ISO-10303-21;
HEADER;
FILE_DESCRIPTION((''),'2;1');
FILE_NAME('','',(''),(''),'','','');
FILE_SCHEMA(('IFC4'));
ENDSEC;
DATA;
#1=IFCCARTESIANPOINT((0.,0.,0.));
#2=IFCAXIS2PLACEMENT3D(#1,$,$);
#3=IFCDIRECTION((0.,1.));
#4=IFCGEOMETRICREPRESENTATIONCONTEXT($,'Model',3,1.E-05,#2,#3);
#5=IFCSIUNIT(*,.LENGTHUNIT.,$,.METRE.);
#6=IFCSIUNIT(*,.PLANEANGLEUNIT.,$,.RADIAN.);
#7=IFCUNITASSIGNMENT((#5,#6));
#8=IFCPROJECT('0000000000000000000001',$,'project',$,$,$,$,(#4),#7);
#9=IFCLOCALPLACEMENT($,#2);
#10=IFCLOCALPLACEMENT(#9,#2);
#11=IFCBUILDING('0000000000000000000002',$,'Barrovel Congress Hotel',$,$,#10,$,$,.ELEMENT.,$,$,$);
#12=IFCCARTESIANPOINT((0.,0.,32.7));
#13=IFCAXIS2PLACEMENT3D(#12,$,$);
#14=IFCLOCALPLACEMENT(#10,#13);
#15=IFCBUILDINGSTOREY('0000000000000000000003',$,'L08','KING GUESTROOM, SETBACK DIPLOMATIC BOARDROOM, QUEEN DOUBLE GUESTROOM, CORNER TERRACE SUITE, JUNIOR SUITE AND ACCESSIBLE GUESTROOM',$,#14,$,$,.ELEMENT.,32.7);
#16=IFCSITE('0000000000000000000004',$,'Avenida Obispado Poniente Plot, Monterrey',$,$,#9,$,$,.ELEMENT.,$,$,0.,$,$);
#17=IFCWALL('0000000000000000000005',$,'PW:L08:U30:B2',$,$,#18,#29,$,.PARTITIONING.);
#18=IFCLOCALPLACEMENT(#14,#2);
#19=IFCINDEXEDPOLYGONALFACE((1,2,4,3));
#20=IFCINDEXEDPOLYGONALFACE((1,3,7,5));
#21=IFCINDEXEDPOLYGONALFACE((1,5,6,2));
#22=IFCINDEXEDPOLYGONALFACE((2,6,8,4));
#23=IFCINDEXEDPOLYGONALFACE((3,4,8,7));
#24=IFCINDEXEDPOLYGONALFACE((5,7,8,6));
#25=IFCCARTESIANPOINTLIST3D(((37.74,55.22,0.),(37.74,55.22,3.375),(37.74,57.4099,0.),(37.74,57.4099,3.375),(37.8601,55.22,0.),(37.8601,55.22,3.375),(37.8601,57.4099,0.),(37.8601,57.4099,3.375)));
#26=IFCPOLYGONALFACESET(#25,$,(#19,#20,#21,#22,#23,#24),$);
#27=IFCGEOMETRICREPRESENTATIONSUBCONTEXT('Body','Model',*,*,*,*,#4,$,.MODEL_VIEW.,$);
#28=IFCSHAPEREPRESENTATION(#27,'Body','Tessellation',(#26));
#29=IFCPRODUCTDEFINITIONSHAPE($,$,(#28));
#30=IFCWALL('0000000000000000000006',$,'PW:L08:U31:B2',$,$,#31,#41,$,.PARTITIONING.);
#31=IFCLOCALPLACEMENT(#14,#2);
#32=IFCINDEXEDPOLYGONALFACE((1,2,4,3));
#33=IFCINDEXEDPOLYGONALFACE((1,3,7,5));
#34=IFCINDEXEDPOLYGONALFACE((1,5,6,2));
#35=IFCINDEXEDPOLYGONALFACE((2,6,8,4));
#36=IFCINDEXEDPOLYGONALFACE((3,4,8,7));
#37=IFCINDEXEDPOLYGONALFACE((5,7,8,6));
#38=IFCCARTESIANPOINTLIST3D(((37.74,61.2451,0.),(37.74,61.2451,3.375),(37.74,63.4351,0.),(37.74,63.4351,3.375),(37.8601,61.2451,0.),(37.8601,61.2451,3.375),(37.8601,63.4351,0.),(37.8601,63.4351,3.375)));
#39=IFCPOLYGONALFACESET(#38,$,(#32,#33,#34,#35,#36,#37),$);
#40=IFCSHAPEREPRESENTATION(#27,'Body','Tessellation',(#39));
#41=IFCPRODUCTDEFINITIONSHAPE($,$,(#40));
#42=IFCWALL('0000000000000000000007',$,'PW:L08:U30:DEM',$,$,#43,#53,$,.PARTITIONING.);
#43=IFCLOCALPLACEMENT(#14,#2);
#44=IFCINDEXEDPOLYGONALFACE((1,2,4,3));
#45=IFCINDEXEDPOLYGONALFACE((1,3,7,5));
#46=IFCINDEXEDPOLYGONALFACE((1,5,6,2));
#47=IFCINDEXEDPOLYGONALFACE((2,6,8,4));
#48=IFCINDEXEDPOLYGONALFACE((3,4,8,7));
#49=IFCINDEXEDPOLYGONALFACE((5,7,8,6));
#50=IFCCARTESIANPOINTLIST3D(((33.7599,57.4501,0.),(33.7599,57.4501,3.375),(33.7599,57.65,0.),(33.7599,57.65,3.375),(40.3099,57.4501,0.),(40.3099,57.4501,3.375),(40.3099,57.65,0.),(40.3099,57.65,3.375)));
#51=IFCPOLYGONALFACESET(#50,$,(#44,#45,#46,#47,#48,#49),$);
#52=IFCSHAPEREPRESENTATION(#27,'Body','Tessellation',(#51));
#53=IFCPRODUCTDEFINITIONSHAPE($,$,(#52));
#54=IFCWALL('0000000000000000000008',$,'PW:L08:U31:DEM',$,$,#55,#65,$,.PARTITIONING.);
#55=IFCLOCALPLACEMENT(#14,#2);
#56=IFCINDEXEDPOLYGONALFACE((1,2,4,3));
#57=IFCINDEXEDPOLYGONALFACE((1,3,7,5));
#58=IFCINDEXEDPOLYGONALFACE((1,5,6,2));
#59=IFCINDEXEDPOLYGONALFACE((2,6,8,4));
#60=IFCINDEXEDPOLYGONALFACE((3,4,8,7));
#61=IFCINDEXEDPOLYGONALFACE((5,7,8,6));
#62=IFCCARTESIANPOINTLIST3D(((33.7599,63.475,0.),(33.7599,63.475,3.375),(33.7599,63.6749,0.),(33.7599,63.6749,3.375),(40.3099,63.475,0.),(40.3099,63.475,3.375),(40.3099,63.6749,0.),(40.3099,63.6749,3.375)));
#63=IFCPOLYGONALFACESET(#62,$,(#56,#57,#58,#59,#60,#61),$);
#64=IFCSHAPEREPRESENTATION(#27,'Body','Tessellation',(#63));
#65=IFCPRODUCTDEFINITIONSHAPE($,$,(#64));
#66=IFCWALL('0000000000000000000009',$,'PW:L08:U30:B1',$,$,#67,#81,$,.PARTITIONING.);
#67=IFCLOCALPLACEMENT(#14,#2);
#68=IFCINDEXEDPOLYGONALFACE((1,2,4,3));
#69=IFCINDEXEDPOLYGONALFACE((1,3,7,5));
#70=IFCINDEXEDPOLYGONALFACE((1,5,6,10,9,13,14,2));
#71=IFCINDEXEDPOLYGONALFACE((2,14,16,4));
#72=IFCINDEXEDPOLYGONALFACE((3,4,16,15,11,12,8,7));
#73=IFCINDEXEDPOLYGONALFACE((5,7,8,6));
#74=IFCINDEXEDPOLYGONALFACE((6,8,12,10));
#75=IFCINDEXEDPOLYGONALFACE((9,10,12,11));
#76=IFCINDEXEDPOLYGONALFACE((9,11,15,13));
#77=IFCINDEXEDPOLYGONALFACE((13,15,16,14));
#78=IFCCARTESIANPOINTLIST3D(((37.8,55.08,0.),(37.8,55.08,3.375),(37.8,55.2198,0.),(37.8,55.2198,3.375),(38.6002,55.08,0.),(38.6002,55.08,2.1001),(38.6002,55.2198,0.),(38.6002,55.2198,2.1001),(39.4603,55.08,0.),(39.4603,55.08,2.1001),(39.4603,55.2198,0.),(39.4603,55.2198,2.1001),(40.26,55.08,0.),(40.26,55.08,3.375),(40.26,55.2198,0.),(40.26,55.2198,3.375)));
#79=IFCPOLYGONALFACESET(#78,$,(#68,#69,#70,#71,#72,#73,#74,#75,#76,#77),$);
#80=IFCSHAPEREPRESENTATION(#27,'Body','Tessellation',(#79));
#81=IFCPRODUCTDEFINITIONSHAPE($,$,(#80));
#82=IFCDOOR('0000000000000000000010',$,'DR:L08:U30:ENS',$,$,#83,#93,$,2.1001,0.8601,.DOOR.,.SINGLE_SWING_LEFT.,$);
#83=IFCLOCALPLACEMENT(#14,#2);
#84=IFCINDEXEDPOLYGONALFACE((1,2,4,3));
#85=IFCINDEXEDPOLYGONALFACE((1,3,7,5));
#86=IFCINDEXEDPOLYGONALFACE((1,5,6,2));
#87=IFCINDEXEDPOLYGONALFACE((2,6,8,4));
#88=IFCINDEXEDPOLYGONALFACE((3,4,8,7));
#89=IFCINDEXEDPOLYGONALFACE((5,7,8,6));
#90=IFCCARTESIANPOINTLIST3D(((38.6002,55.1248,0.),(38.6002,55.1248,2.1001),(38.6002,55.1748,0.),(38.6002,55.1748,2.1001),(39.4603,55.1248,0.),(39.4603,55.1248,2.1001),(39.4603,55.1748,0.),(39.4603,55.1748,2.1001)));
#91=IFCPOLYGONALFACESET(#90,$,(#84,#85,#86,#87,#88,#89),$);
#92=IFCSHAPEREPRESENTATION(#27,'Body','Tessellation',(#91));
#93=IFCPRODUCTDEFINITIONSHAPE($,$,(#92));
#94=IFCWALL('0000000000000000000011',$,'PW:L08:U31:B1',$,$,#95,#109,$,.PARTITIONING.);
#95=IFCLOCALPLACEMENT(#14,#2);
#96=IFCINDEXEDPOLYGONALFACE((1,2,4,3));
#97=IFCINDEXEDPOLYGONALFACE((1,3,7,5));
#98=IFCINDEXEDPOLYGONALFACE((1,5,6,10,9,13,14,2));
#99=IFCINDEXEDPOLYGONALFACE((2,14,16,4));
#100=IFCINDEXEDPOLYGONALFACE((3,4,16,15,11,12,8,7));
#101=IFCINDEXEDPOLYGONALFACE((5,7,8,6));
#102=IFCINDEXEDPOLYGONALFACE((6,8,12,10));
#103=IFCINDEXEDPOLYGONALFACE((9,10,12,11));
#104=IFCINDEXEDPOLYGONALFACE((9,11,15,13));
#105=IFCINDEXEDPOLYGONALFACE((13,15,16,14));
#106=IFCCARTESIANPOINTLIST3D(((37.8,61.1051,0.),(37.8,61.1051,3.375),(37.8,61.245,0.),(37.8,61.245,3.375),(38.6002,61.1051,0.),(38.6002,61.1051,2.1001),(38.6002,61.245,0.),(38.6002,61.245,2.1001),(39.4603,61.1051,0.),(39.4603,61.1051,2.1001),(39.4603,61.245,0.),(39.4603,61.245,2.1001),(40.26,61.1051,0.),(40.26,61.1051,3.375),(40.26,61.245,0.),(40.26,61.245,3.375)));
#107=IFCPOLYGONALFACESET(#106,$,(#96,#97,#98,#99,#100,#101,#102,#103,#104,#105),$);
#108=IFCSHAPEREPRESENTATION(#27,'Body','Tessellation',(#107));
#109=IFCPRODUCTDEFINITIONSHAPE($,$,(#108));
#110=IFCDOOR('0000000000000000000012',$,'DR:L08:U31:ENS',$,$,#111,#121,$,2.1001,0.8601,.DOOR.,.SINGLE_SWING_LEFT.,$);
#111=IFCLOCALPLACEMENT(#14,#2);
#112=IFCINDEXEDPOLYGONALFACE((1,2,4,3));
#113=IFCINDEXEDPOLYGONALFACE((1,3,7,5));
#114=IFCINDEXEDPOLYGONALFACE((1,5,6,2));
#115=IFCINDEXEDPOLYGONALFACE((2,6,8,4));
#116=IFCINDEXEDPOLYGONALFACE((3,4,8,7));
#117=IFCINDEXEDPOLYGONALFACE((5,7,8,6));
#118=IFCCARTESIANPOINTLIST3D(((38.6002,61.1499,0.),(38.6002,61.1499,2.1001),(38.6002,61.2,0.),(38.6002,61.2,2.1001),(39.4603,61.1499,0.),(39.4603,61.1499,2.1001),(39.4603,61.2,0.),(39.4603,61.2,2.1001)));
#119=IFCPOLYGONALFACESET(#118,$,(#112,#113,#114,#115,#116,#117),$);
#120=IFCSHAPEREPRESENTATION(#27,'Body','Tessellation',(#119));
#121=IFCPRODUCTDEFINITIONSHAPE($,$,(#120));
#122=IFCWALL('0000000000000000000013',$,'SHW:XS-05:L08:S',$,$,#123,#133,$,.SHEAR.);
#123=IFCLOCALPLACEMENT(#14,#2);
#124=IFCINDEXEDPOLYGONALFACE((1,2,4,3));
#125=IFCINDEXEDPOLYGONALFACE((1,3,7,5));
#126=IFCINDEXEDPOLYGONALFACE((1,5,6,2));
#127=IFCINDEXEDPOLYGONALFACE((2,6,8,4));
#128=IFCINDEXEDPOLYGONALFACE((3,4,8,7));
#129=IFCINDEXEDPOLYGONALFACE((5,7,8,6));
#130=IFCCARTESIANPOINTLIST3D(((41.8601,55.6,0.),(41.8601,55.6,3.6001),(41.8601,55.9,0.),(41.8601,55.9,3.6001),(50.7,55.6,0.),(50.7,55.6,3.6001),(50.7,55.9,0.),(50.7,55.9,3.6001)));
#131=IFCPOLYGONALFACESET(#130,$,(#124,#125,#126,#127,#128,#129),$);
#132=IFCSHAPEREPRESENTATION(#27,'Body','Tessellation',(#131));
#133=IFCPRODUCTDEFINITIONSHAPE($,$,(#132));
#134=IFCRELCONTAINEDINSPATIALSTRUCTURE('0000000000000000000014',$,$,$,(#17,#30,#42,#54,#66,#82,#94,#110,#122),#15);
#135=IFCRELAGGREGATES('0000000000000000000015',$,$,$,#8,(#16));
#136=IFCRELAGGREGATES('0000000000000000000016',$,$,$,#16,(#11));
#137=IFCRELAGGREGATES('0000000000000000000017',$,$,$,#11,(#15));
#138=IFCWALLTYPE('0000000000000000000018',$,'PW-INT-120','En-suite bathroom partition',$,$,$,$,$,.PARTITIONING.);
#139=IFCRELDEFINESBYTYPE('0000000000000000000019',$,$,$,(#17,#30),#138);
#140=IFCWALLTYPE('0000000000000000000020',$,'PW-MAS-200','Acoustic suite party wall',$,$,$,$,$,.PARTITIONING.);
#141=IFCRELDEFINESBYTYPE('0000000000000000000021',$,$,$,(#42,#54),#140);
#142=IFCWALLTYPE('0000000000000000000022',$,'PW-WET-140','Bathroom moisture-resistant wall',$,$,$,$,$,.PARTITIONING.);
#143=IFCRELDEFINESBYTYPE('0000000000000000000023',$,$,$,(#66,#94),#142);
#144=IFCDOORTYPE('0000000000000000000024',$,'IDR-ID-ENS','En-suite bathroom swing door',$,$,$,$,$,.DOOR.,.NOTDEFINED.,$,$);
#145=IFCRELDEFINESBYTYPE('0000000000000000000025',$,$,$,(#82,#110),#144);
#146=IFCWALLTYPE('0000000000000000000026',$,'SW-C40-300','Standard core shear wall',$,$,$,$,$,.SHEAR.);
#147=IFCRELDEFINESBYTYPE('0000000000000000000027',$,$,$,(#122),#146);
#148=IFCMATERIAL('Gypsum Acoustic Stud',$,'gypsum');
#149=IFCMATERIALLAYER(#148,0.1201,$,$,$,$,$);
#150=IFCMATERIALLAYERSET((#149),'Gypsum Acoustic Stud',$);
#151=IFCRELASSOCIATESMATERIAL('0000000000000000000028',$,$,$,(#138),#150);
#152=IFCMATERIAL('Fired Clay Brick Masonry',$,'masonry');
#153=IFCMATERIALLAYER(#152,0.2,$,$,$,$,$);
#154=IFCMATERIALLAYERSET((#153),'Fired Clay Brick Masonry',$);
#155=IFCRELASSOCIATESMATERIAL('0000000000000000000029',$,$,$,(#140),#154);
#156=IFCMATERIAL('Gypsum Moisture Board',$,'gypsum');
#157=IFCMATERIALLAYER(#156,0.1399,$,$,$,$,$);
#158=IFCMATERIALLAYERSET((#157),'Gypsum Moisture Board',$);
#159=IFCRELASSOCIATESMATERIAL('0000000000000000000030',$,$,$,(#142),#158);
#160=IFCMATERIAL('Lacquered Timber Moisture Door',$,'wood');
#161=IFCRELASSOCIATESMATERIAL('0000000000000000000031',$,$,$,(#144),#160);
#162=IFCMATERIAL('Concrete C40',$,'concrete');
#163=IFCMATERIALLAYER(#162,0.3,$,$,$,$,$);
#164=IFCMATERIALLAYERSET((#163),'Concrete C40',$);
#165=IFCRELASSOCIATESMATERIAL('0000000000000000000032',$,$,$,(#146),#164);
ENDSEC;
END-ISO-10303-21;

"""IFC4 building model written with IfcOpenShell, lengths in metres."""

from ifc_helpers import new_model, si_unit, direction, frame, frame_2d, origin, place, context, subcontext, project, spatial, rectangle, extrude, material, layer, layer_set, type_object, element, fill, save


model = new_model("IFC4")

# Units and contexts
model_context = context("Model", 3, precision=1e-05, world=origin(), true_north=direction((0.0, 1.0)))
body_context = subcontext(model_context, "Body", "Model", "MODEL_VIEW")
ifc_project = project(units=[si_unit("LENGTHUNIT", "METRE"), si_unit("PLANEANGLEUNIT", "RADIAN")], contexts=[model_context])

# Site, building, storey
site_placement = place(None, origin())
site = spatial("IfcSite", under=ifc_project, at=site_placement, Name="Avenida Obispado Poniente Plot, Monterrey", CompositionType="ELEMENT", RefElevation=0.0)
building_placement = place(site_placement, origin())
building = spatial("IfcBuilding", under=site, at=building_placement, Name="Barrovel Congress Hotel", CompositionType="ELEMENT")
storey_placement = place(building_placement, frame((0.0, 0.0, 32.7)))
storey = spatial("IfcBuildingStorey", under=building, at=storey_placement, Name="L08", Description="KING GUESTROOM, SETBACK DIPLOMATIC BOARDROOM, QUEEN DOUBLE GUESTROOM, CORNER TERRACE SUITE, JUNIOR SUITE AND ACCESSIBLE GUESTROOM", CompositionType="ELEMENT", Elevation=32.7)

# Shared definitions
ifc_material_1 = material(Name="Concrete C40", Category="concrete")

# Shared definitions
ifc_material_2 = material(Name="Fired Clay Brick Masonry", Category="masonry")

# Shared definitions
ifc_material_3 = material(Name="Gypsum Acoustic Stud", Category="gypsum")

# Walls
ifc_layer_1 = layer(ifc_material_3, 0.1201)
ifc_layer_set_1 = layer_set([ifc_layer_1], Name="Gypsum Acoustic Stud")
wall_type_1 = type_object("IfcWallType", Name="PW-INT-120", Description="En-suite bathroom partition", PredefinedType="PARTITIONING", material=ifc_layer_set_1)
for number, where, z_axis, x_axis, name in (
    (1, (37.8, 55.22, 0.0), (0.0, 0.0, 1.0), (0.0, 1.0, 0.0), "PW:L08:U30:B2"),
    (2, (37.8, 61.2451, 0.0), (0.0, 0.0, 1.0), (0.0, 1.0, 0.0), "PW:L08:U31:B2"),
):
    element("IfcWall", number, at=place(storey_placement, frame(where, z_axis=z_axis, x_axis=x_axis)), inside=storey, type_object=wall_type_1, Name=name, PredefinedType="PARTITIONING", context=body_context, shape_type="SweptSolid", body=[
        extrude(rectangle(XDim=2.1899, YDim=0.1201, at=frame_2d((1.095, 0.0))), origin(), (0.0, 0.0, 1.0), 3.375),
    ])
ifc_layer_2 = layer(ifc_material_2, 0.2)
ifc_layer_set_2 = layer_set([ifc_layer_2], Name="Fired Clay Brick Masonry")
wall_type_2 = type_object("IfcWallType", Name="PW-MAS-200", Description="Acoustic suite party wall", PredefinedType="PARTITIONING", material=ifc_layer_set_2)
for number, where, z_axis, x_axis, name in (
    (3, (33.76, 57.55, 0.0), (0.0, 0.0, 1.0), (1.0, 0.0, 0.0), "PW:L08:U30:DEM"),
    (4, (33.76, 63.575, 0.0), (0.0, 0.0, 1.0), (1.0, 0.0, 0.0), "PW:L08:U31:DEM"),
):
    element("IfcWall", number, at=place(storey_placement, frame(where, z_axis=z_axis, x_axis=x_axis)), inside=storey, type_object=wall_type_2, Name=name, PredefinedType="PARTITIONING", context=body_context, shape_type="SweptSolid", body=[
        extrude(rectangle(XDim=6.55, YDim=0.2, at=frame_2d((3.2749, 0.0))), origin(), (0.0, 0.0, 1.0), 3.375),
    ])

# Walls, openings, doors
ifc_material_4 = material(Name="Gypsum Moisture Board", Category="gypsum")
ifc_layer_3 = layer(ifc_material_4, 0.1399)
ifc_layer_set_3 = layer_set([ifc_layer_3], Name="Gypsum Moisture Board")
wall_type_3 = type_object("IfcWallType", Name="PW-WET-140", Description="Bathroom moisture-resistant wall", PredefinedType="PARTITIONING", material=ifc_layer_set_3)
wall_1_placement = place(storey_placement, frame((37.8, 55.1499, 0.0), z_axis=(0.0, 0.0, 1.0), x_axis=(1.0, 0.0, 0.0)))
wall_1 = element("IfcWall", 5, at=wall_1_placement, inside=storey, type_object=wall_type_3, Name="PW:L08:U30:B1", PredefinedType="PARTITIONING", context=body_context, shape_type="SweptSolid", body=[
    extrude(rectangle(XDim=2.46, YDim=0.1399, at=frame_2d((1.23, 0.0))), origin(), (0.0, 0.0, 1.0), 3.375),
])
opening_1_placement = place(wall_1_placement, frame((0.8, 0.0, 0.0)))
opening_1 = element("IfcOpeningElement", 6, at=opening_1_placement, cuts=wall_1, PredefinedType="OPENING", context=body_context, shape_type="SweptSolid", body=[
    extrude(rectangle(XDim=0.8601, YDim=2.1001, at=frame_2d((0.4302, 1.05))), frame((0.0, 0.0801, 0.0), z_axis=(0.0, -1.0, 0.0), x_axis=(1.0, 0.0, 0.0)), (0.0, 0.0, 1.0), 0.1599),
])
ifc_material_5 = material(Name="Lacquered Timber Moisture Door", Category="wood")
door_type_1 = type_object("IfcDoorType", Name="IDR-ID-ENS", Description="En-suite bathroom swing door", OperationType="NOTDEFINED", PredefinedType="DOOR", material=ifc_material_5)
door_1_placement = place(opening_1_placement, origin())
door_1 = element("IfcDoor", 7, at=door_1_placement, inside=storey, type_object=door_type_1, Name="DR:L08:U30:ENS", OperationType="SINGLE_SWING_LEFT", OverallHeight=2.1001, OverallWidth=0.8601, PredefinedType="DOOR", context=body_context, shape_type="SweptSolid", body=[
    extrude(rectangle(XDim=0.8601, YDim=2.1001, at=frame_2d((0.4302, 1.05))), frame((0.0, 0.0249, 0.0), z_axis=(0.0, -1.0, 0.0), x_axis=(1.0, 0.0, 0.0)), (0.0, 0.0, 1.0), 0.05),
])
fill(opening_1, door_1)
wall_2_placement = place(storey_placement, frame((37.8, 61.175, 0.0), z_axis=(0.0, 0.0, 1.0), x_axis=(1.0, 0.0, 0.0)))
wall_2 = element("IfcWall", 8, at=wall_2_placement, inside=storey, type_object=wall_type_3, Name="PW:L08:U31:B1", PredefinedType="PARTITIONING", context=body_context, shape_type="SweptSolid", body=[
    extrude(rectangle(XDim=2.46, YDim=0.1399, at=frame_2d((1.23, 0.0))), origin(), (0.0, 0.0, 1.0), 3.375),
])
opening_2_placement = place(wall_2_placement, frame((0.8, 0.0, 0.0)))
opening_2 = element("IfcOpeningElement", 9, at=opening_2_placement, cuts=wall_2, PredefinedType="OPENING", context=body_context, shape_type="SweptSolid", body=[
    extrude(rectangle(XDim=0.8601, YDim=2.1001, at=frame_2d((0.4302, 1.05))), frame((0.0, 0.0801, 0.0), z_axis=(0.0, -1.0, 0.0), x_axis=(1.0, 0.0, 0.0)), (0.0, 0.0, 1.0), 0.1599),
])
door_2_placement = place(opening_2_placement, origin())
door_2 = element("IfcDoor", 10, at=door_2_placement, inside=storey, type_object=door_type_1, Name="DR:L08:U31:ENS", OperationType="SINGLE_SWING_LEFT", OverallHeight=2.1001, OverallWidth=0.8601, PredefinedType="DOOR", context=body_context, shape_type="SweptSolid", body=[
    extrude(rectangle(XDim=0.8601, YDim=2.1001, at=frame_2d((0.4302, 1.05))), frame((0.0, 0.0249, 0.0), z_axis=(0.0, -1.0, 0.0), x_axis=(1.0, 0.0, 0.0)), (0.0, 0.0, 1.0), 0.05),
])
fill(opening_2, door_2)

# Wall
ifc_layer_4 = layer(ifc_material_1, 0.3)
ifc_layer_set_4 = layer_set([ifc_layer_4], Name="Concrete C40")
wall_type_4 = type_object("IfcWallType", Name="SW-C40-300", Description="Standard core shear wall", PredefinedType="SHEAR", material=ifc_layer_set_4)
wall_3_placement = place(storey_placement, frame((41.8601, 55.75, 0.0), z_axis=(0.0, 0.0, 1.0), x_axis=(1.0, 0.0, 0.0)))
element("IfcWall", 11, at=wall_3_placement, inside=storey, type_object=wall_type_4, Name="SHW:XS-05:L08:S", PredefinedType="SHEAR", context=body_context, shape_type="SweptSolid", body=[
    extrude(rectangle(XDim=8.8398, YDim=0.3, at=frame_2d((4.4199, 0.0))), origin(), (0.0, 0.0, 1.0), 3.6001),
])

save(model, "model.ifc")
